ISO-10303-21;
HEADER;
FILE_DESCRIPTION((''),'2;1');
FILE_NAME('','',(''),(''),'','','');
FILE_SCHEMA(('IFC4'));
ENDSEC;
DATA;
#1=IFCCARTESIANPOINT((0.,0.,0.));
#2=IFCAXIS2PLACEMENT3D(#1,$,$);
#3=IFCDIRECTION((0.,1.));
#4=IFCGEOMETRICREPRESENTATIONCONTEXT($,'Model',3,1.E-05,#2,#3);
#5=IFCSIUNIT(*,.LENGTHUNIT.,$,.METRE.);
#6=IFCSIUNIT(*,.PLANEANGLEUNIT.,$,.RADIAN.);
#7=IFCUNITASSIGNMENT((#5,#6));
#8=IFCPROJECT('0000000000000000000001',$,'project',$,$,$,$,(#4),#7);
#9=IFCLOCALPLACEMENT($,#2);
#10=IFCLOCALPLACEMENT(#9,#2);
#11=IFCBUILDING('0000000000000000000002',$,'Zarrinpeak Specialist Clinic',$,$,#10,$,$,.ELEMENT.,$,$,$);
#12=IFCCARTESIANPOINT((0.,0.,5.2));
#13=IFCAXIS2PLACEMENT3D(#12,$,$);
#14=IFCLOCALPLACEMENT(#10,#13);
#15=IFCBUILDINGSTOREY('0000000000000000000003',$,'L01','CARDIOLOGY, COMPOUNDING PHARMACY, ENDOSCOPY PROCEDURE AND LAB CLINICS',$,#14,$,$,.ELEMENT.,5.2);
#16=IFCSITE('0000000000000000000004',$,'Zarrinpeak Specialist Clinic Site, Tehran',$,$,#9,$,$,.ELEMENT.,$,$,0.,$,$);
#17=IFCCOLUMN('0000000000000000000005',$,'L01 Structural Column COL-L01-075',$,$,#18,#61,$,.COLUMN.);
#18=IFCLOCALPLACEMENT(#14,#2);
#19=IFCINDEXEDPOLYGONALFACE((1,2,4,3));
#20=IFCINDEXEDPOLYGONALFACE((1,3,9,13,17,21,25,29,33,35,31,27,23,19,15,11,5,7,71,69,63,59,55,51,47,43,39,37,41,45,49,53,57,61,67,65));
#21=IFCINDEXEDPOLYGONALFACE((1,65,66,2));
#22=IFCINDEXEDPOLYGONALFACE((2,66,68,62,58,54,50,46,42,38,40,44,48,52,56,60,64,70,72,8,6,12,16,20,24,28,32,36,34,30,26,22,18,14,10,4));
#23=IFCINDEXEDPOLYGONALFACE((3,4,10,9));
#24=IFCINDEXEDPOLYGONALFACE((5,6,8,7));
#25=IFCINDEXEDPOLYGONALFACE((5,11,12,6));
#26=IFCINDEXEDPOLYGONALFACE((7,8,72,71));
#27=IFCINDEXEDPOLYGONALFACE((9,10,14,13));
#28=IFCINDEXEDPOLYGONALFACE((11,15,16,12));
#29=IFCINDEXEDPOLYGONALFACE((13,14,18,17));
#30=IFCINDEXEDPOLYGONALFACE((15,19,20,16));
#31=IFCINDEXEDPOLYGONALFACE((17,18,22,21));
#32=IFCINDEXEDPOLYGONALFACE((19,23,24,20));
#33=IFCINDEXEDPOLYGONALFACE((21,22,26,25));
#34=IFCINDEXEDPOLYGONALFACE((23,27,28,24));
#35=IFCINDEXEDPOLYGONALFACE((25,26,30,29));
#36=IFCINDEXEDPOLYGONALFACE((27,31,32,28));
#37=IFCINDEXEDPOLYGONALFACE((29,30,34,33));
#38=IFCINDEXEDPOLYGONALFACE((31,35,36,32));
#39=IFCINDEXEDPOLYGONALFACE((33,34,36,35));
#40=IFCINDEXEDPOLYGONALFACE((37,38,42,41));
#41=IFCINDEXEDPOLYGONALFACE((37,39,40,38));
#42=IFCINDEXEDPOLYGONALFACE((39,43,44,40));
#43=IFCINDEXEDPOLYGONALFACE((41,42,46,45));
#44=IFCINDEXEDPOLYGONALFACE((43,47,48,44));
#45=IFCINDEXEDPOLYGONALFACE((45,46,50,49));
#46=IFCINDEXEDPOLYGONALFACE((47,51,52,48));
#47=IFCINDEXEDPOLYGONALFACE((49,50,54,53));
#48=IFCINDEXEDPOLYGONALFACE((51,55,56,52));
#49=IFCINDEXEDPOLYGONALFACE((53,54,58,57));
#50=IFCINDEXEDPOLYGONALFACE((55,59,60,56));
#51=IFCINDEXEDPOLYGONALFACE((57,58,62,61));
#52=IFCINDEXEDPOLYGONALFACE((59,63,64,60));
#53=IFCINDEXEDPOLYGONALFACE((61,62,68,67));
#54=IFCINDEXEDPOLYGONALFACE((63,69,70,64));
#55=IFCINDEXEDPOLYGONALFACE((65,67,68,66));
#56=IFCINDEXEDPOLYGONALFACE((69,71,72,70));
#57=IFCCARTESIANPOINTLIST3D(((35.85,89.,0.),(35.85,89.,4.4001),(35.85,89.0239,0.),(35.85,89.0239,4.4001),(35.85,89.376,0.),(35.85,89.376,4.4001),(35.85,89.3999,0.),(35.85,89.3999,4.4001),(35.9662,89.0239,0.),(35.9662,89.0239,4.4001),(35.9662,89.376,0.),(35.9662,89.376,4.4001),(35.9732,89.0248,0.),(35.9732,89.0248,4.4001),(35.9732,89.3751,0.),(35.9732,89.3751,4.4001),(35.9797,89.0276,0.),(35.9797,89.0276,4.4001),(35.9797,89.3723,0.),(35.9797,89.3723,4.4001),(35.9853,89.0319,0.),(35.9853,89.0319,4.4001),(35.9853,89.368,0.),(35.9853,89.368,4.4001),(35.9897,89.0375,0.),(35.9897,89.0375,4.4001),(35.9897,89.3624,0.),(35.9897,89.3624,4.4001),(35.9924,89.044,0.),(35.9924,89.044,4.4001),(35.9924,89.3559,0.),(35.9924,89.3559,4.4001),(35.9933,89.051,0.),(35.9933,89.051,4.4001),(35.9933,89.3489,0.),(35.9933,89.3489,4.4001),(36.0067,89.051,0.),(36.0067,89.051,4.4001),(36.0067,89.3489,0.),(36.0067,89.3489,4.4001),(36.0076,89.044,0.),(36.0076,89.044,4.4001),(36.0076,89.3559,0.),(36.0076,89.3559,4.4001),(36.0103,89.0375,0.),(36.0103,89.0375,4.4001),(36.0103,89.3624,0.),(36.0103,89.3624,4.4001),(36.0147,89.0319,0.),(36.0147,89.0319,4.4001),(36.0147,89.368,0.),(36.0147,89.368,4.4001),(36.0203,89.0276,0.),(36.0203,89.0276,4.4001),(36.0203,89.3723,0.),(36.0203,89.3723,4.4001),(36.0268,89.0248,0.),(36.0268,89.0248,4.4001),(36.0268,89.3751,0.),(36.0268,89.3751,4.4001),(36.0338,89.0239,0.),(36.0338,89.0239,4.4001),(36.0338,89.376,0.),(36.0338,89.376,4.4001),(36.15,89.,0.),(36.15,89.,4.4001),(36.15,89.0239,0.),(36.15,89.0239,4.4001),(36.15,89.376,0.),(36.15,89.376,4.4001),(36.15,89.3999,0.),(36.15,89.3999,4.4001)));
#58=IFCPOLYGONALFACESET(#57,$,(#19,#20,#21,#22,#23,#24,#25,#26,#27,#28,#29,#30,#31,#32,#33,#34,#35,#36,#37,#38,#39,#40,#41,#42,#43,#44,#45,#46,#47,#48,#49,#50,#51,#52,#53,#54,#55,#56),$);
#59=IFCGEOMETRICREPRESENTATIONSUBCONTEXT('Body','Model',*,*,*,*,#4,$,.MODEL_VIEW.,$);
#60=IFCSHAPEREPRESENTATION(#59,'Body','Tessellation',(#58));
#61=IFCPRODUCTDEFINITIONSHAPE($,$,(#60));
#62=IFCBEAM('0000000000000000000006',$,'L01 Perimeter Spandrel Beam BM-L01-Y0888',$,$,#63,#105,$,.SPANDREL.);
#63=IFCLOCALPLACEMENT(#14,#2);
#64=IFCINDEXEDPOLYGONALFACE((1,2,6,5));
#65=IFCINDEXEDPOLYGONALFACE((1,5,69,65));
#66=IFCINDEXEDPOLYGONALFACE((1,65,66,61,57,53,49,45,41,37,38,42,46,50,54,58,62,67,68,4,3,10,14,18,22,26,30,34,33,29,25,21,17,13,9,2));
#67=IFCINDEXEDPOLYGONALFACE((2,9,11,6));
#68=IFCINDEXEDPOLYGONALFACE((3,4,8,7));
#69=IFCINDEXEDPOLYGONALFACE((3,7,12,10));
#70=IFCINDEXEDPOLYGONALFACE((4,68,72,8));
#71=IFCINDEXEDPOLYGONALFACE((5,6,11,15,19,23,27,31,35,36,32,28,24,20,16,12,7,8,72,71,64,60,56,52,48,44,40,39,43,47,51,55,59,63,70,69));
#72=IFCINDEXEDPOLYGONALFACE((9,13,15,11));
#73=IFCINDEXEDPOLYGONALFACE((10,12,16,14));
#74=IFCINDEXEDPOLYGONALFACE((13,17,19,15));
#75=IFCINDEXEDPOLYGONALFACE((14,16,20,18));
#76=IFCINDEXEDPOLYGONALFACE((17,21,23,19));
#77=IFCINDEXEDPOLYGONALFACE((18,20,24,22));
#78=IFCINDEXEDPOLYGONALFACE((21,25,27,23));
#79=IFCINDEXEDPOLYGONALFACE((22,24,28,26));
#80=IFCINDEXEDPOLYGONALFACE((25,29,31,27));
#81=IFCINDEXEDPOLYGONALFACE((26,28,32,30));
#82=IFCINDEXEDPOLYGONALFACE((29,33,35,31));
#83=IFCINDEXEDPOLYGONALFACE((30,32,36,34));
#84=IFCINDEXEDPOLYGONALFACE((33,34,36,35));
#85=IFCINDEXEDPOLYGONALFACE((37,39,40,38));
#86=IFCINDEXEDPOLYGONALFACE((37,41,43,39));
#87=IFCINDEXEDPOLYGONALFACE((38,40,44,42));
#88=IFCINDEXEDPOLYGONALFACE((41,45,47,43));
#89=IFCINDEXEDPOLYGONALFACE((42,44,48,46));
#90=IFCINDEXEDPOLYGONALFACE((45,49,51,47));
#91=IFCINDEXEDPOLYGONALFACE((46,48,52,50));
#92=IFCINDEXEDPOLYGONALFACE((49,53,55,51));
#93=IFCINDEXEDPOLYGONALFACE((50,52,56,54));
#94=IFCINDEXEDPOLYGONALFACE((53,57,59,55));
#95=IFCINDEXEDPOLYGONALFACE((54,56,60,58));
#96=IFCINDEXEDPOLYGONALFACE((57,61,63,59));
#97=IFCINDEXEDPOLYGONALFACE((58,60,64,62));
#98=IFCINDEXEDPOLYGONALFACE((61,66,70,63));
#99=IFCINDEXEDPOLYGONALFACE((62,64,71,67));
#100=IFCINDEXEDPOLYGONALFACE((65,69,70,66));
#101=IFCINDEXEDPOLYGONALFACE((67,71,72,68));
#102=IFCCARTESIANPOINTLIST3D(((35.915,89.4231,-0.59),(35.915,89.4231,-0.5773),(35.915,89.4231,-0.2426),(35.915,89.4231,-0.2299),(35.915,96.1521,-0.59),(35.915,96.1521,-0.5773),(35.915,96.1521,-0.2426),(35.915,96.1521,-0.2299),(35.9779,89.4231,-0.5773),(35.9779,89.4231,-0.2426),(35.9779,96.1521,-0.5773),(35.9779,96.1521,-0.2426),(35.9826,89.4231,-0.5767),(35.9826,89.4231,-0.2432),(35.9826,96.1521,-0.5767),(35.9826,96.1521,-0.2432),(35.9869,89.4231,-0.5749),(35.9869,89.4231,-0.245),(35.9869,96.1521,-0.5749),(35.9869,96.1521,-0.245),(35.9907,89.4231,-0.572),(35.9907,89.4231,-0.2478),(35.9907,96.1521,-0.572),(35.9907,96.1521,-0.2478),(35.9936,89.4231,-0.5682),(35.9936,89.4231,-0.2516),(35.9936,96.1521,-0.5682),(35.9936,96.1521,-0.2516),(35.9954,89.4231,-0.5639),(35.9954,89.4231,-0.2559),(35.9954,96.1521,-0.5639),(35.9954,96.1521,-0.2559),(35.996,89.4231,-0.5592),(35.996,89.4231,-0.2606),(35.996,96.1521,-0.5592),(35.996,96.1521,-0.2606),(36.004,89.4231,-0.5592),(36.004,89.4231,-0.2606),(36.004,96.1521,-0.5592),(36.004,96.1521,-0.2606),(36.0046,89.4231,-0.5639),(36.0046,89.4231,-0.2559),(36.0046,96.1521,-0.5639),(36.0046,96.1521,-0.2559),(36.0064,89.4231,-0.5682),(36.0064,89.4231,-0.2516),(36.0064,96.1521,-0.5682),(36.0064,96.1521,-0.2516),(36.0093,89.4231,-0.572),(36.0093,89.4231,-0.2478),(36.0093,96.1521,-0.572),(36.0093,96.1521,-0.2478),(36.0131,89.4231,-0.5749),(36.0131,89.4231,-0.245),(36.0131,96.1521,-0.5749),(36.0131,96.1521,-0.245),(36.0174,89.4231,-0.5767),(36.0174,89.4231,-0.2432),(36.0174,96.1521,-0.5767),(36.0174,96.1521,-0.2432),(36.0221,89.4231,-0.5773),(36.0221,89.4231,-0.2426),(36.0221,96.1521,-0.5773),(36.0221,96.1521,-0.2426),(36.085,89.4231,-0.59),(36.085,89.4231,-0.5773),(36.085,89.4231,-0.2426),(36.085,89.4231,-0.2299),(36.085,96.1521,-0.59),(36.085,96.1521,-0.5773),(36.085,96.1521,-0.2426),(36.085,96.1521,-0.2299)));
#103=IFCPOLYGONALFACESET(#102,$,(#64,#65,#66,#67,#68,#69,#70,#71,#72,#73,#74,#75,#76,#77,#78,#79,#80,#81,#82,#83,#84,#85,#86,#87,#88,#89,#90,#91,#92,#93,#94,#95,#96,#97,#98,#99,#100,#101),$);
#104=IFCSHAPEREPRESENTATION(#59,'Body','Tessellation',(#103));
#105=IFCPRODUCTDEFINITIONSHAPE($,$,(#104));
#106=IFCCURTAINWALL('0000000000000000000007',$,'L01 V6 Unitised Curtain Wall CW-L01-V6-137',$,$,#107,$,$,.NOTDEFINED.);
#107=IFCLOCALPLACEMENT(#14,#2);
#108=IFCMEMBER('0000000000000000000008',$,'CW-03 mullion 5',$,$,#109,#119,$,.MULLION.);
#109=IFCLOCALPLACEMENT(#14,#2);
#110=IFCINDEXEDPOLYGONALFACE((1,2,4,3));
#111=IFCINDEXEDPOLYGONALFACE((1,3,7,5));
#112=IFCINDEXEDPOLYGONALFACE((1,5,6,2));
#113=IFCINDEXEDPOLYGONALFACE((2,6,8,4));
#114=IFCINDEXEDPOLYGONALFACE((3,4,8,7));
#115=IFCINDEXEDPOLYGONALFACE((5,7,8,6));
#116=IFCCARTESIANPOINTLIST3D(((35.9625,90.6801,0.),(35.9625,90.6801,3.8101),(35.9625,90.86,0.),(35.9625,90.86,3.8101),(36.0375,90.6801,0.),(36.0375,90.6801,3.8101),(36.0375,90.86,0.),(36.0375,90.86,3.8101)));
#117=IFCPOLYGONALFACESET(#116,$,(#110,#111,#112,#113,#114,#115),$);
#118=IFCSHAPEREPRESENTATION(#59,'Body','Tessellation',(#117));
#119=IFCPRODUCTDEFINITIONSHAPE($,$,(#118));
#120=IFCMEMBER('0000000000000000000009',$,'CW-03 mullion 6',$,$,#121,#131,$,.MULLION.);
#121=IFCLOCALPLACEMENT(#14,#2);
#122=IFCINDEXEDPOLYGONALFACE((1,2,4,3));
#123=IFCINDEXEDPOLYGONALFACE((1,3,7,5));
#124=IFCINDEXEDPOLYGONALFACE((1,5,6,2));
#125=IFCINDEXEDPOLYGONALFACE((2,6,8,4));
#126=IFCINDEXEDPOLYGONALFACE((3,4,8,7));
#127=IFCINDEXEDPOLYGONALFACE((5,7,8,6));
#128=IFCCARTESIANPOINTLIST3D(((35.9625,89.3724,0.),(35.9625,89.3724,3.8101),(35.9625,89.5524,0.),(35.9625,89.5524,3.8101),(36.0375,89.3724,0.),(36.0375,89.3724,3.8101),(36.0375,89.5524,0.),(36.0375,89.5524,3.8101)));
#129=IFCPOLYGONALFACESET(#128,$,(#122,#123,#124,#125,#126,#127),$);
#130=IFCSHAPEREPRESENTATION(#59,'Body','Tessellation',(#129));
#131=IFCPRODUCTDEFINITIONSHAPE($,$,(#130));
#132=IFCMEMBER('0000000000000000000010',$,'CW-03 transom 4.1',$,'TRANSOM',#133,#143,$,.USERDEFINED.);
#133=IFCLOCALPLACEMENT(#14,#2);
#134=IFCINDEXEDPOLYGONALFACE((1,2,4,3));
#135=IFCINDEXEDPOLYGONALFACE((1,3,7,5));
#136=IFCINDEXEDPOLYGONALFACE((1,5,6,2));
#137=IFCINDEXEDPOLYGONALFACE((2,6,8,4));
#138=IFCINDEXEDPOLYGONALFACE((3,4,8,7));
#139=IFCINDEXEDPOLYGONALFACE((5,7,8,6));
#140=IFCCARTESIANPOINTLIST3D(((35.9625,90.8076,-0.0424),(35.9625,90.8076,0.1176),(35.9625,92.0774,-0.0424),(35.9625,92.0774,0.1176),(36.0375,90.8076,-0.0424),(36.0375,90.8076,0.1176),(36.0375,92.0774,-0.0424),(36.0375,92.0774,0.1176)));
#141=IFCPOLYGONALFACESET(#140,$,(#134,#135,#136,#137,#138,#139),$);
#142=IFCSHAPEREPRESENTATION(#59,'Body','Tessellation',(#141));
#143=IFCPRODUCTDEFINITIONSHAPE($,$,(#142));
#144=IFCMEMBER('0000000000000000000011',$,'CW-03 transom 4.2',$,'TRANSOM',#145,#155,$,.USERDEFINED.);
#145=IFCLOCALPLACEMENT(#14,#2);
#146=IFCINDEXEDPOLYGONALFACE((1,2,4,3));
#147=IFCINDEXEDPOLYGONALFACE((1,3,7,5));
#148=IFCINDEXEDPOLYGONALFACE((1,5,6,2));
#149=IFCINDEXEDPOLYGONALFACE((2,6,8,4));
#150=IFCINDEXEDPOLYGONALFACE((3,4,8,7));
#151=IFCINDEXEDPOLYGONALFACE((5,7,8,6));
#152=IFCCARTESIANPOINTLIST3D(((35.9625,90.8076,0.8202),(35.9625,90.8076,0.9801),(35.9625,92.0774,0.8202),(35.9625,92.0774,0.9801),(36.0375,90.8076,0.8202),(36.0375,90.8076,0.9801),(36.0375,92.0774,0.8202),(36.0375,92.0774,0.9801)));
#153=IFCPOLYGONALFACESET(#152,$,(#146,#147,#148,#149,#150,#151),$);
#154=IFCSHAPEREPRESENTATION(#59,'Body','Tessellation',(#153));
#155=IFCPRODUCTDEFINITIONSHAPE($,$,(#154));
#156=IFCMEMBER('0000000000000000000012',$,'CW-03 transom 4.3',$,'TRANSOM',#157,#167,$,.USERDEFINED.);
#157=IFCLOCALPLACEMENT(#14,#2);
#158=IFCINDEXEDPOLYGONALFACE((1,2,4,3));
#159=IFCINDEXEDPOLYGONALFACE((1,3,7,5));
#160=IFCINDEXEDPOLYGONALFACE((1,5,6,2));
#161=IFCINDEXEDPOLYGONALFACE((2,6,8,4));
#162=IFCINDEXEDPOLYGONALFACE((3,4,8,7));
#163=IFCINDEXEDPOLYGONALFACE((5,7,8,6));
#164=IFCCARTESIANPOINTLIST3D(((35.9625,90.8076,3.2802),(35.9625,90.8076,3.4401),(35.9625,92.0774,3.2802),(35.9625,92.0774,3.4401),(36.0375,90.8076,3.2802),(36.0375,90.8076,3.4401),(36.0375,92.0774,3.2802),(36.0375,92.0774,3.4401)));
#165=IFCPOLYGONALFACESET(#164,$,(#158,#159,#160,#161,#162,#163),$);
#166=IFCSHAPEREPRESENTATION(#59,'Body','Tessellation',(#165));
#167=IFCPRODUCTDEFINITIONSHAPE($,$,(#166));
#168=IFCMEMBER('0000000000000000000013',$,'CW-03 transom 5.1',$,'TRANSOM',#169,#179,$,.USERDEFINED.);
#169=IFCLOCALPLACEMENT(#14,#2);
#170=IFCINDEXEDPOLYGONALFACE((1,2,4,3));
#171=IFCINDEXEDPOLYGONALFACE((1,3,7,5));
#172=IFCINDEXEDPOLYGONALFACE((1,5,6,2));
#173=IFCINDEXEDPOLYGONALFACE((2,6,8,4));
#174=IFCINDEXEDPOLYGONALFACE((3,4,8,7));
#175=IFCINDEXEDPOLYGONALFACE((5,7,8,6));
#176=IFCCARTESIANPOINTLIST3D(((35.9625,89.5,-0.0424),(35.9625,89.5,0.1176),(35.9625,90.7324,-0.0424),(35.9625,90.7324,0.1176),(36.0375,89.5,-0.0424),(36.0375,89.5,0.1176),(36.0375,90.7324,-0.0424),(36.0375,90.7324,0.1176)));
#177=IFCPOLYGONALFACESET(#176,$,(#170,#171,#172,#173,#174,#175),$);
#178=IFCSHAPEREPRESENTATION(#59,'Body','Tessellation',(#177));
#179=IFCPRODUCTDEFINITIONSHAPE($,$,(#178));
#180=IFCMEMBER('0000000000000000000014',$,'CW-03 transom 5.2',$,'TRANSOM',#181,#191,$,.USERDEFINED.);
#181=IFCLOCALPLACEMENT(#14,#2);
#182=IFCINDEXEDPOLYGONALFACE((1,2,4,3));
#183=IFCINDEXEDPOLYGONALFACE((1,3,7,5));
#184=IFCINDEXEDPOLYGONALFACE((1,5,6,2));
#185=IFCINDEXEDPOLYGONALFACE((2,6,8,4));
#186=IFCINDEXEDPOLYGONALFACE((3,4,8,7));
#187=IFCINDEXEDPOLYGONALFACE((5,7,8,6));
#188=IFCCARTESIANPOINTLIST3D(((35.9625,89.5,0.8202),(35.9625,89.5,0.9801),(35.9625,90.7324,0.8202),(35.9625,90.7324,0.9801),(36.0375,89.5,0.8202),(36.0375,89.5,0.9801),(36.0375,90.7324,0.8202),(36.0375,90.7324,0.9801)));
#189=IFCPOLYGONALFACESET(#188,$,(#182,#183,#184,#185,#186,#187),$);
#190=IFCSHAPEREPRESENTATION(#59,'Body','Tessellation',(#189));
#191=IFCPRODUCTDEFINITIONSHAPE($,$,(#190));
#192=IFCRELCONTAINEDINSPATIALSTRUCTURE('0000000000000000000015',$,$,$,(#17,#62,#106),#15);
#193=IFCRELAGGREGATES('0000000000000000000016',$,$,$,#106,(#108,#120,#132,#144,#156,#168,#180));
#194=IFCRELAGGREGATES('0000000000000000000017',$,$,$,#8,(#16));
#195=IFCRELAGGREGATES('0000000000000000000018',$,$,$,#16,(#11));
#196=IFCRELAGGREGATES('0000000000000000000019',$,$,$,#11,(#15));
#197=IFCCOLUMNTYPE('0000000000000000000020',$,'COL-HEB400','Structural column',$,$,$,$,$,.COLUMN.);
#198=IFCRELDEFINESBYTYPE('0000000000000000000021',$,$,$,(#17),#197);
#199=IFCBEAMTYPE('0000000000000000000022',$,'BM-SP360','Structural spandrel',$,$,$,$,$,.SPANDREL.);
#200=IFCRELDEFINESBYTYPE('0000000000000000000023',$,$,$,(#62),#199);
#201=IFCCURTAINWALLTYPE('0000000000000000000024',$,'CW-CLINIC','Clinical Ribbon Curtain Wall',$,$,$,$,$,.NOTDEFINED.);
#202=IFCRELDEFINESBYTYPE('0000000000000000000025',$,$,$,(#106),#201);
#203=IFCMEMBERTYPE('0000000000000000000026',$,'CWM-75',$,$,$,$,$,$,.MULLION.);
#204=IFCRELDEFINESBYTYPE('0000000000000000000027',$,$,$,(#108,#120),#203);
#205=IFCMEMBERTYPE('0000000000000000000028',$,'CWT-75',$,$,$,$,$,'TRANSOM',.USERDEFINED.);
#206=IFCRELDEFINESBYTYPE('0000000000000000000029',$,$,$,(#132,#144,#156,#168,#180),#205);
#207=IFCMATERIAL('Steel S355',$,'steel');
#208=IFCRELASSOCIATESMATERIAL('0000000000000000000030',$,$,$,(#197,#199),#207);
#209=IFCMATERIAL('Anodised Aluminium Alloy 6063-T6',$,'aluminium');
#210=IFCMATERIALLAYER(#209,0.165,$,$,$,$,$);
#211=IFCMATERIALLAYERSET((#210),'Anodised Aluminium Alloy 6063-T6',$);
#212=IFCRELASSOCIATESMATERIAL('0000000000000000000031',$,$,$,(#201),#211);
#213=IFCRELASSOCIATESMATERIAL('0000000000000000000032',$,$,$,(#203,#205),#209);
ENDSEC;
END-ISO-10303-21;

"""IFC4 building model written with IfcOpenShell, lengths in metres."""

from ifc_helpers import new_model, si_unit, direction, frame, origin, origin_2d, place, context, subcontext, project, spatial, rectangle, i_section, extrude, material, layer, layer_set, material_profile, profile_set, type_object, element, aggregate, save


model = new_model("IFC4")

# Units and contexts
model_context = context("Model", 3, precision=1e-05, world=origin(), true_north=direction((0.0, 1.0)))
body_context = subcontext(model_context, "Body", "Model", "MODEL_VIEW")
ifc_project = project(units=[si_unit("LENGTHUNIT", "METRE"), si_unit("PLANEANGLEUNIT", "RADIAN")], contexts=[model_context])

# Site, building, storey
site_placement = place(None, origin())
site = spatial("IfcSite", under=ifc_project, at=site_placement, Name="Zarrinpeak Specialist Clinic Site, Tehran", CompositionType="ELEMENT", RefElevation=0.0)
building_placement = place(site_placement, origin())
building = spatial("IfcBuilding", under=site, at=building_placement, Name="Zarrinpeak Specialist Clinic", CompositionType="ELEMENT")
storey_placement = place(building_placement, frame((0.0, 0.0, 5.2)))
storey = spatial("IfcBuildingStorey", under=building, at=storey_placement, Name="L01", Description="CARDIOLOGY, COMPOUNDING PHARMACY, ENDOSCOPY PROCEDURE AND LAB CLINICS", CompositionType="ELEMENT", Elevation=5.2)

# Column
ifc_material_1 = material(Name="Steel S355", Category="steel")
ifc_material_profile_1 = material_profile(ifc_material_1, i_section(OverallWidth=0.3, OverallDepth=0.3999, WebThickness=0.0134, FlangeThickness=0.0239, FilletRadius=0.0271, at=origin_2d()), Name="HEB 400")
ifc_profile_set_1 = profile_set([ifc_material_profile_1], Name="Steel S355")
column_type = type_object("IfcColumnType", Name="COL-HEB400", Description="Structural column", PredefinedType="COLUMN", material=ifc_profile_set_1)
column_placement = place(storey_placement, frame((36.0, 89.2, 0.0), z_axis=(0.0, 0.0, 1.0), x_axis=(1.0, 0.0, 0.0)))
element("IfcColumn", 1, at=column_placement, inside=storey, type_object=column_type, Name="L01 Structural Column COL-L01-075", PredefinedType="COLUMN", context=body_context, shape_type="SweptSolid", body=[
    extrude(i_section(OverallWidth=0.3, OverallDepth=0.3999, WebThickness=0.0134, FlangeThickness=0.0239, FilletRadius=0.0271, at=origin_2d()), origin(), (0.0, 0.0, 1.0), 4.4001),
])

# Beam
ifc_material_profile_2 = material_profile(ifc_material_1, i_section(OverallWidth=0.1699, OverallDepth=0.3601, WebThickness=0.0081, FlangeThickness=0.0127, FilletRadius=0.0181, at=origin_2d()), Name="IPE 360")
ifc_profile_set_2 = profile_set([ifc_material_profile_2], Name="Steel S355")
beam_type = type_object("IfcBeamType", Name="BM-SP360", Description="Structural spandrel", PredefinedType="SPANDREL", material=ifc_profile_set_2)
beam_placement = place(storey_placement, frame((36.0, 89.4231, -0.4099), z_axis=(0.0, 1.0, 0.0), x_axis=(-1.0, 0.0, 0.0)))
element("IfcBeam", 2, at=beam_placement, inside=storey, type_object=beam_type, Name="L01 Perimeter Spandrel Beam BM-L01-Y0888", PredefinedType="SPANDREL", context=body_context, shape_type="SweptSolid", body=[
    extrude(i_section(OverallWidth=0.1699, OverallDepth=0.3601, WebThickness=0.0081, FlangeThickness=0.0127, FilletRadius=0.0181, at=origin_2d()), origin(), (0.0, 0.0, 1.0), 6.729),
])

# Curtain wall, members
ifc_material_2 = material(Name="Anodised Aluminium Alloy 6063-T6", Category="aluminium")
ifc_layer_1 = layer(ifc_material_2, 0.165)
ifc_layer_set_1 = layer_set([ifc_layer_1], Name="Anodised Aluminium Alloy 6063-T6")
curtain_wall_type = type_object("IfcCurtainWallType", Name="CW-CLINIC", Description="Clinical Ribbon Curtain Wall", PredefinedType="NOTDEFINED", material=ifc_layer_set_1)
curtain_wall_placement = place(storey_placement, origin())
curtain_wall = element("IfcCurtainWall", 3, at=curtain_wall_placement, inside=storey, type_object=curtain_wall_type, Name="L01 V6 Unitised Curtain Wall CW-L01-V6-137", PredefinedType="NOTDEFINED")
ifc_material_profile_3 = material_profile(ifc_material_2, rectangle(XDim=0.075, YDim=0.1799, at=origin_2d()), Name="ALU 75x180")
ifc_profile_set_3 = profile_set([ifc_material_profile_3], Name="Anodised Aluminium Alloy 6063-T6")
member_type_1 = type_object("IfcMemberType", Name="CWM-75", PredefinedType="MULLION", material=ifc_profile_set_3)
member_1_placement = place(storey_placement, frame((36.0, 90.77, 0.0), z_axis=(0.0, 0.0, 1.0), x_axis=(1.0, 0.0, 0.0)))
member_1 = element("IfcMember", 4, at=member_1_placement, type_object=member_type_1, Name="CW-03 mullion 5", PredefinedType="MULLION", context=body_context, shape_type="SweptSolid", body=[
    extrude(rectangle(XDim=0.075, YDim=0.1799, at=origin_2d()), origin(), (0.0, 0.0, 1.0), 3.8101),
])
member_2_placement = place(storey_placement, frame((36.0, 89.4624, 0.0), z_axis=(0.0, 0.0, 1.0), x_axis=(1.0, 0.0, 0.0)))
member_2 = element("IfcMember", 5, at=member_2_placement, type_object=member_type_1, Name="CW-03 mullion 6", PredefinedType="MULLION", context=body_context, shape_type="SweptSolid", body=[
    extrude(rectangle(XDim=0.075, YDim=0.1799, at=origin_2d()), origin(), (0.0, 0.0, 1.0), 3.8101),
])
ifc_material_profile_4 = material_profile(ifc_material_2, rectangle(XDim=0.075, YDim=0.1599, at=origin_2d()), Name="ALU 75x160")
ifc_profile_set_4 = profile_set([ifc_material_profile_4], Name="Anodised Aluminium Alloy 6063-T6")
member_type_2 = type_object("IfcMemberType", Name="CWT-75", ElementType="TRANSOM", PredefinedType="USERDEFINED", material=ifc_profile_set_4)
member_3_placement = place(storey_placement, frame((36.0, 92.0774, 0.0376), z_axis=(0.0, -1.0, 0.0), x_axis=(1.0, 0.0, 0.0)))
member_3 = element("IfcMember", 6, at=member_3_placement, type_object=member_type_2, Name="CW-03 transom 4.1", ObjectType="TRANSOM", PredefinedType="USERDEFINED", context=body_context, shape_type="SweptSolid", body=[
    extrude(rectangle(XDim=0.075, YDim=0.1599, at=origin_2d()), origin(), (0.0, 0.0, 1.0), 1.2698),
])
member_4_placement = place(storey_placement, frame((36.0, 92.0774, 0.9001), z_axis=(0.0, -1.0, 0.0), x_axis=(1.0, 0.0, 0.0)))
member_4 = element("IfcMember", 7, at=member_4_placement, type_object=member_type_2, Name="CW-03 transom 4.2", ObjectType="TRANSOM", PredefinedType="USERDEFINED", context=body_context, shape_type="SweptSolid", body=[
    extrude(rectangle(XDim=0.075, YDim=0.1599, at=origin_2d()), origin(), (0.0, 0.0, 1.0), 1.2698),
])
member_5_placement = place(storey_placement, frame((36.0, 92.0774, 3.3601), z_axis=(0.0, -1.0, 0.0), x_axis=(1.0, 0.0, 0.0)))
member_5 = element("IfcMember", 8, at=member_5_placement, type_object=member_type_2, Name="CW-03 transom 4.3", ObjectType="TRANSOM", PredefinedType="USERDEFINED", context=body_context, shape_type="SweptSolid", body=[
    extrude(rectangle(XDim=0.075, YDim=0.1599, at=origin_2d()), origin(), (0.0, 0.0, 1.0), 1.2698),
])
member_6_placement = place(storey_placement, frame((36.0, 90.7324, 0.0376), z_axis=(0.0, -1.0, 0.0), x_axis=(1.0, 0.0, 0.0)))
member_6 = element("IfcMember", 9, at=member_6_placement, type_object=member_type_2, Name="CW-03 transom 5.1", ObjectType="TRANSOM", PredefinedType="USERDEFINED", context=body_context, shape_type="SweptSolid", body=[
    extrude(rectangle(XDim=0.075, YDim=0.1599, at=origin_2d()), origin(), (0.0, 0.0, 1.0), 1.2324),
])
member_7_placement = place(storey_placement, frame((36.0, 90.7324, 0.9001), z_axis=(0.0, -1.0, 0.0), x_axis=(1.0, 0.0, 0.0)))
member_7 = element("IfcMember", 10, at=member_7_placement, type_object=member_type_2, Name="CW-03 transom 5.2", ObjectType="TRANSOM", PredefinedType="USERDEFINED", context=body_context, shape_type="SweptSolid", body=[
    extrude(rectangle(XDim=0.075, YDim=0.1599, at=origin_2d()), origin(), (0.0, 0.0, 1.0), 1.2324),
])
aggregate(curtain_wall, [member_1, member_2, member_3, member_4, member_5, member_6, member_7])

save(model, "model.ifc")
